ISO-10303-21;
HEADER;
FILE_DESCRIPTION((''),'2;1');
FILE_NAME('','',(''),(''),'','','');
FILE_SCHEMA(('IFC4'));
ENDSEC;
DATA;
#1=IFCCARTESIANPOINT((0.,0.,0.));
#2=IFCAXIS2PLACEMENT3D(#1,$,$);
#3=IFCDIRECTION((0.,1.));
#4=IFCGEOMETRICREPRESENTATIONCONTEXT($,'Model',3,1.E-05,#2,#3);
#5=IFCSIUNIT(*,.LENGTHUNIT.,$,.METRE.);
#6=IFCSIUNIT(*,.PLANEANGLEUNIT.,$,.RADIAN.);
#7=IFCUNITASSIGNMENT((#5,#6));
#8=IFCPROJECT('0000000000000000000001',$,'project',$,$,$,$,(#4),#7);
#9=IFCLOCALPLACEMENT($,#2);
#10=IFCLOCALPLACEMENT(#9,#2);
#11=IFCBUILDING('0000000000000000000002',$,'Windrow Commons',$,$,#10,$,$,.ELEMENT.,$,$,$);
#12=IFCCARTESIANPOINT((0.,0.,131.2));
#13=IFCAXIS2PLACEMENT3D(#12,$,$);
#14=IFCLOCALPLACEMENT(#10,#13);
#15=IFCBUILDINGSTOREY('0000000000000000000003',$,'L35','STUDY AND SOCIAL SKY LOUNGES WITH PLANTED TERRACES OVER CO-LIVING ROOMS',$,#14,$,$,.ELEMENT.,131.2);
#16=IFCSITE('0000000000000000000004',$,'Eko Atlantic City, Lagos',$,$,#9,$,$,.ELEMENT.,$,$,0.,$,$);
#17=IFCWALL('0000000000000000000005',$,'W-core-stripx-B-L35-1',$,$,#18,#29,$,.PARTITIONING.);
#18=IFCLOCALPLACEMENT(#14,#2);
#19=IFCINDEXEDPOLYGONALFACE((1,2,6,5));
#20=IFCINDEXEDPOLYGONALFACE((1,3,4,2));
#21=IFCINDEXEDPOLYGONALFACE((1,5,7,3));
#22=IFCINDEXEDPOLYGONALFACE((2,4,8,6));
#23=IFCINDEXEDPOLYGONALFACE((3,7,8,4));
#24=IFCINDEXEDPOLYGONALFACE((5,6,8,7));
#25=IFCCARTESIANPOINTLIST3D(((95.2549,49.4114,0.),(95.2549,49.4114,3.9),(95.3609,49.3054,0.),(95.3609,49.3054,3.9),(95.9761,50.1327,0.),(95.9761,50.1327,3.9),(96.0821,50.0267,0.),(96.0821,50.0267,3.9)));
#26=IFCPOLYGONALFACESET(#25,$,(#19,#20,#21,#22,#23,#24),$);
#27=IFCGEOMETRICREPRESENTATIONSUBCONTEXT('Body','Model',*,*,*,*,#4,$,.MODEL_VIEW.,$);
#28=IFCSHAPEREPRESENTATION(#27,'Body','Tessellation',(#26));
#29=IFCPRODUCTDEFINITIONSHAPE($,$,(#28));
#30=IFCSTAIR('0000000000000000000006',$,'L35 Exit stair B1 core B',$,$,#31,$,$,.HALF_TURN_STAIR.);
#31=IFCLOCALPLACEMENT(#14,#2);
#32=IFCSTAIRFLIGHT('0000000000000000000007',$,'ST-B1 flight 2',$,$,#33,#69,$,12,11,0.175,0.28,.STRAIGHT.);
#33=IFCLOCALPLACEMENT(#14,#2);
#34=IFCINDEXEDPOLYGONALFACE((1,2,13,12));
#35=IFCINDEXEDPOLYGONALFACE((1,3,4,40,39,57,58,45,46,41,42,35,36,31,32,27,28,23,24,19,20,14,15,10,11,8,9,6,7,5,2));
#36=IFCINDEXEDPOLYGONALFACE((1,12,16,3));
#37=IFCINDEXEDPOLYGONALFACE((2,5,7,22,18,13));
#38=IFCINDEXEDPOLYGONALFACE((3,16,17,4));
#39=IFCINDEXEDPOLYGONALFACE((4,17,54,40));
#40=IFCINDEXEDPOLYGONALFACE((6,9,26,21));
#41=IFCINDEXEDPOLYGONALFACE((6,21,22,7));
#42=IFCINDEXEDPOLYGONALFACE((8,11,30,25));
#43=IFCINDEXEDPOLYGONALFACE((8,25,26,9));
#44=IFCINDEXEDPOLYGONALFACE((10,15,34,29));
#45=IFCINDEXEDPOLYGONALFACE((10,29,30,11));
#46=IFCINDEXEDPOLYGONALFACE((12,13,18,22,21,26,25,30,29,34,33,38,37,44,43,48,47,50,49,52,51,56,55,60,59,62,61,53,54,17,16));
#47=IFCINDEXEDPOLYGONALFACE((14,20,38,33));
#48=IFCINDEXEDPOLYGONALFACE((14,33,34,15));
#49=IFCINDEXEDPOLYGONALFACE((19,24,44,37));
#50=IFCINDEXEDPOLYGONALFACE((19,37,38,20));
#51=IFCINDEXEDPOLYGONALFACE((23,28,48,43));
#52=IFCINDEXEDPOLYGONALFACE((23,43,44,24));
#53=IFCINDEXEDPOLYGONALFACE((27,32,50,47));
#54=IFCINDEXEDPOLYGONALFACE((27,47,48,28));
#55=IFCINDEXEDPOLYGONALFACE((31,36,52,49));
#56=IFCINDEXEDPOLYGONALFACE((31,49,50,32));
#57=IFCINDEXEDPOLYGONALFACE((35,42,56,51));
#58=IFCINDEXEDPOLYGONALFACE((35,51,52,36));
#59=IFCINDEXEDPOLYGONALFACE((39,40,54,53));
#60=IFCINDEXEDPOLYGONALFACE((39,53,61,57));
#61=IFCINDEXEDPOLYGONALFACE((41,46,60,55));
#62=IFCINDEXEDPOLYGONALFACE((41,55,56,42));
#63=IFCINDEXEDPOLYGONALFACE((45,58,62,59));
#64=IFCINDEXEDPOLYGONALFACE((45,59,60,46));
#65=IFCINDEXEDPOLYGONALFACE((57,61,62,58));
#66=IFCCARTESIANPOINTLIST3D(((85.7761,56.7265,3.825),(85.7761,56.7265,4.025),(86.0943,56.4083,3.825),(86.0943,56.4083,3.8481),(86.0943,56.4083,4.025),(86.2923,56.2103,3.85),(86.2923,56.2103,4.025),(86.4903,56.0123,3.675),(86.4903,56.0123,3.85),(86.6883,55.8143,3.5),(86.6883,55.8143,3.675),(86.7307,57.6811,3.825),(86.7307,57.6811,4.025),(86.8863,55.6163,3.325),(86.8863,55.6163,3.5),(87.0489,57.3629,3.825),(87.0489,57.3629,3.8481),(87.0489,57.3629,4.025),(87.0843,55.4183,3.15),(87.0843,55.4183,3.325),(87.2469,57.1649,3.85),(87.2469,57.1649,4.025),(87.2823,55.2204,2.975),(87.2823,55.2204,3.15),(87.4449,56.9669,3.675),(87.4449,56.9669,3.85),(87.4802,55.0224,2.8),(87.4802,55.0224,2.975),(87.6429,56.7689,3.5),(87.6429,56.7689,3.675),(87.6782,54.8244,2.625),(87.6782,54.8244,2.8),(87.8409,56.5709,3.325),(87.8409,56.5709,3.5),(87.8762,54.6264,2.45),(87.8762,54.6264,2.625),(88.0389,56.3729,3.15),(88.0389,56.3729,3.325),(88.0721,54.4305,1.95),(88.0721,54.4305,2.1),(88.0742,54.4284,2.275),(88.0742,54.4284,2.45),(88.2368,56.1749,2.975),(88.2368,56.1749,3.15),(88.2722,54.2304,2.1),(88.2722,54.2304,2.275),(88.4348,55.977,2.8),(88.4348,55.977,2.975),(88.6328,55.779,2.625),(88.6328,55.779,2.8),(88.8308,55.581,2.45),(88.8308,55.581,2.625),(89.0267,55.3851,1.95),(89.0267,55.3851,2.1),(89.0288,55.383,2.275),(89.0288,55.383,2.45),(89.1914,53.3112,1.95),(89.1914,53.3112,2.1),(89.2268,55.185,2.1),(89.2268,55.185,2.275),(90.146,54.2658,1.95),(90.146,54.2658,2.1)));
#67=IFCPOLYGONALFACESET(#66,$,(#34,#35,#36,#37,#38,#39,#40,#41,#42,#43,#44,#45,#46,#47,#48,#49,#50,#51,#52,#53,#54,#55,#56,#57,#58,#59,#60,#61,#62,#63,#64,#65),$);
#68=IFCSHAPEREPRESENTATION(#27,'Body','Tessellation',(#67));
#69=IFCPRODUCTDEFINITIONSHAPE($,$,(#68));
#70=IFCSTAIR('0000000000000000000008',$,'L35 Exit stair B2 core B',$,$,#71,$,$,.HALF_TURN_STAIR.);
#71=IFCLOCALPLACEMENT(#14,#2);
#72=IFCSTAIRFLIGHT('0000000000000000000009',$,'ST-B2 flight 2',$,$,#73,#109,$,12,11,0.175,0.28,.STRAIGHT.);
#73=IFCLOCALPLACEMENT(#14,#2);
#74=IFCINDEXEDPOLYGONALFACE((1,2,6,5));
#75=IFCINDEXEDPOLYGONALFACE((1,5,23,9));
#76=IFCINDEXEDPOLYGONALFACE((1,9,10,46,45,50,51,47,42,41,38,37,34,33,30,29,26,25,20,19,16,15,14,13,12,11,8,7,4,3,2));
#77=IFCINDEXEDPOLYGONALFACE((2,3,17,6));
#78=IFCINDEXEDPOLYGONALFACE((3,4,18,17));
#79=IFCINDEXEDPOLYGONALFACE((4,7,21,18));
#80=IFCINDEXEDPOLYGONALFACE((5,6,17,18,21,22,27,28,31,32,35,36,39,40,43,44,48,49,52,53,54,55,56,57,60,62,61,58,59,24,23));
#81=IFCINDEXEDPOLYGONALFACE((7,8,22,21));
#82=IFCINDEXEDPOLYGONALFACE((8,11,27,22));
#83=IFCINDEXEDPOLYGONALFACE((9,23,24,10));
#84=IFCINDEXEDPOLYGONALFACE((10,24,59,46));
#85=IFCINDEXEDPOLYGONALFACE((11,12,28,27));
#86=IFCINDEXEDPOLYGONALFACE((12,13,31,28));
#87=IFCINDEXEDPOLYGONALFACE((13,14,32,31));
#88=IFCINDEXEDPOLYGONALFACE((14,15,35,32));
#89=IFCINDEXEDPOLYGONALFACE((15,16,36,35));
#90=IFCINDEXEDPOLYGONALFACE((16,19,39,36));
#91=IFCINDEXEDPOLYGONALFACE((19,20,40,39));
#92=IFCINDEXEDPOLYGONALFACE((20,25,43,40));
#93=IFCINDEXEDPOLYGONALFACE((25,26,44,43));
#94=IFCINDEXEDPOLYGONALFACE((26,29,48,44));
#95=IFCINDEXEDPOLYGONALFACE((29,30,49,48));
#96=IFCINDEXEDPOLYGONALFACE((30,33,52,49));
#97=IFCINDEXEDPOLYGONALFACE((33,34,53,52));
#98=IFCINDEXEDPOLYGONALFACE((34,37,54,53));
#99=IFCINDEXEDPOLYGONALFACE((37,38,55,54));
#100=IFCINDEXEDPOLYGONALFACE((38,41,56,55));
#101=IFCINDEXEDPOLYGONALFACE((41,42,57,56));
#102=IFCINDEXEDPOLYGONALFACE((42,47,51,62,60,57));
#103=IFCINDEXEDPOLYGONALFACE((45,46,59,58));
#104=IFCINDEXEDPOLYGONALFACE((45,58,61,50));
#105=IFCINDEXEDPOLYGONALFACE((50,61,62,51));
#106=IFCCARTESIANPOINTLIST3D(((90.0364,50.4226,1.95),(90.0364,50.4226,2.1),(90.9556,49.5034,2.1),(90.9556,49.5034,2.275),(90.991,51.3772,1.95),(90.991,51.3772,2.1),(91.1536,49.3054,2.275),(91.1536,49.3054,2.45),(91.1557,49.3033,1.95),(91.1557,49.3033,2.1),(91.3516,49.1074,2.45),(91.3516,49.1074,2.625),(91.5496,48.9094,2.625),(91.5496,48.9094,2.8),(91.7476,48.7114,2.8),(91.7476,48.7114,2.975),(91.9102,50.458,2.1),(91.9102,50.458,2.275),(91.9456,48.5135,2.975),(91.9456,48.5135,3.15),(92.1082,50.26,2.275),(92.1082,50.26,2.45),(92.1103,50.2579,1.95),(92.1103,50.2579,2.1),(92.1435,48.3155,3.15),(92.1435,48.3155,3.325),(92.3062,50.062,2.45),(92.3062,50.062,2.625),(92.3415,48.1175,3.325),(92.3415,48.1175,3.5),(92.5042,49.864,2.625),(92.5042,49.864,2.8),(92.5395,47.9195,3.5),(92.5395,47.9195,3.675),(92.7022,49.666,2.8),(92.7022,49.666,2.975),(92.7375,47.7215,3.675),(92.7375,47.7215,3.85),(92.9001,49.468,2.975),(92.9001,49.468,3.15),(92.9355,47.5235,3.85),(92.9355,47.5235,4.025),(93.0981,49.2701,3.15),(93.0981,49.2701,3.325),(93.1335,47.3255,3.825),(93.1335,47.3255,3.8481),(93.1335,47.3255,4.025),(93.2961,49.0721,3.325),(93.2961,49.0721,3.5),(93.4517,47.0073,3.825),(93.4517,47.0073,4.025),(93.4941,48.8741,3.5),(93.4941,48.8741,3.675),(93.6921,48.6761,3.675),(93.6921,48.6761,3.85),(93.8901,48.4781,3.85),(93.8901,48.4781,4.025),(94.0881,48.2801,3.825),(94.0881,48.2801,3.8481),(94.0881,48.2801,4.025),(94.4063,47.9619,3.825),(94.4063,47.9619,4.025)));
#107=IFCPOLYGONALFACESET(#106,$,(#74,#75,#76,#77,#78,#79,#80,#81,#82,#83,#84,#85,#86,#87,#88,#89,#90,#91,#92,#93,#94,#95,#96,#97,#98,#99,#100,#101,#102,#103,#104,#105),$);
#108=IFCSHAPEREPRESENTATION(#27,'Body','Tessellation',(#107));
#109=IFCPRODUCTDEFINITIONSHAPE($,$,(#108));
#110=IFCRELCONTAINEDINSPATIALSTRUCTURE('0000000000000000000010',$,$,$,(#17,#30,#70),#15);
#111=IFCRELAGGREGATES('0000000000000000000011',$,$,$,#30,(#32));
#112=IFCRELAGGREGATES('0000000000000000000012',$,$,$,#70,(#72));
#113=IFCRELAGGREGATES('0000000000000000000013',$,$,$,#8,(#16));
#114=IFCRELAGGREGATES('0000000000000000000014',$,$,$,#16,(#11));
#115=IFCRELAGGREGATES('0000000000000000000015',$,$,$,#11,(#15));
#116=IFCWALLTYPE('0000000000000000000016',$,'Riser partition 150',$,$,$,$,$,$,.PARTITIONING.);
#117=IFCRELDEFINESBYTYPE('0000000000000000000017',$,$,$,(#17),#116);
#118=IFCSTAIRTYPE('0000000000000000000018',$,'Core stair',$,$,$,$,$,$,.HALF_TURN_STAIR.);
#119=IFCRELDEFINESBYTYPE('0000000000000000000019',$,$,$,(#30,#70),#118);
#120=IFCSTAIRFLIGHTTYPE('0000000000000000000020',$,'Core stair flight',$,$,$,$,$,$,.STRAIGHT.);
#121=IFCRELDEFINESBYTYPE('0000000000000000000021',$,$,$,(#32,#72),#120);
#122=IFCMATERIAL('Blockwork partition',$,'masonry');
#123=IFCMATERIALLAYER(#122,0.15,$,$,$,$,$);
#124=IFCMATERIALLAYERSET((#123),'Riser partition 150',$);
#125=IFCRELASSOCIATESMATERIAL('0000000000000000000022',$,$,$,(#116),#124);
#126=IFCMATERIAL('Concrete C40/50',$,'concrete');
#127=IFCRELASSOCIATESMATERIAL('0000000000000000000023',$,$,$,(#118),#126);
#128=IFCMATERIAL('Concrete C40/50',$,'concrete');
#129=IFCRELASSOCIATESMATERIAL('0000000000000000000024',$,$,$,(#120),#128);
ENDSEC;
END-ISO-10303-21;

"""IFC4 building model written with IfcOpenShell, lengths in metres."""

from ifc_helpers import new_model, si_unit, direction, frame, frame_2d, origin, place, context, subcontext, project, spatial, polyline, rectangle, outline, extrude, material, layer, layer_set, type_object, element, aggregate, save


model = new_model("IFC4")

# Units and contexts
model_context = context("Model", 3, precision=1e-05, world=origin(), true_north=direction((0.0, 1.0)))
body_context = subcontext(model_context, "Body", "Model", "MODEL_VIEW")
ifc_project = project(units=[si_unit("LENGTHUNIT", "METRE"), si_unit("PLANEANGLEUNIT", "RADIAN")], contexts=[model_context])

# Site, building, storey
site_placement = place(None, origin())
site = spatial("IfcSite", under=ifc_project, at=site_placement, Name="Eko Atlantic City, Lagos", CompositionType="ELEMENT", RefElevation=0.0)
building_placement = place(site_placement, origin())
building = spatial("IfcBuilding", under=site, at=building_placement, Name="Windrow Commons", CompositionType="ELEMENT")
storey_placement = place(building_placement, frame((0.0, 0.0, 131.2)))
storey = spatial("IfcBuildingStorey", under=building, at=storey_placement, Name="L35", Description="STUDY AND SOCIAL SKY LOUNGES WITH PLANTED TERRACES OVER CO-LIVING ROOMS", CompositionType="ELEMENT", Elevation=131.2)

# Shared definitions
placement = place(storey_placement, origin())

# Wall
ifc_material_1 = material(Name="Blockwork partition", Category="masonry")
ifc_layer_1 = layer(ifc_material_1, 0.15)
ifc_layer_set_1 = layer_set([ifc_layer_1], Name="Riser partition 150")
wall_type_1 = type_object("IfcWallType", Name="Riser partition 150", PredefinedType="PARTITIONING", material=ifc_layer_set_1)
wall_1_placement = place(storey_placement, frame((95.3079, 49.3584, 0.0), z_axis=(0.0, 0.0, 1.0), x_axis=(0.707058, 0.707156, 0.0)))
element("IfcWall", 1, at=wall_1_placement, inside=storey, type_object=wall_type_1, Name="W-core-stripx-B-L35-1", PredefinedType="PARTITIONING", context=body_context, shape_type="SweptSolid", body=[
    extrude(rectangle(XDim=1.02, YDim=0.15, at=frame_2d((0.51, 0.0))), origin(), (0.0, 0.0, 1.0), 3.9),
])

# Stairs, stair flights
ifc_material_2 = material(Name="Concrete C40/50", Category="concrete")
stair_type = type_object("IfcStairType", Name="Core stair", PredefinedType="HALF_TURN_STAIR", material=ifc_material_2)
stair_1 = element("IfcStair", 2, at=placement, inside=storey, type_object=stair_type, Name="L35 Exit stair B1 core B", PredefinedType="HALF_TURN_STAIR")
ifc_material_3 = material(Name="Concrete C40/50", Category="concrete")
stair_flight_type = type_object("IfcStairFlightType", Name="Core stair flight", PredefinedType="STRAIGHT", material=ifc_material_3)
stair_flight_1_placement = place(storey_placement, frame((88.7495, 54.7077, 2.1), z_axis=(0.0, 0.0, 1.0), x_axis=(-0.707107, 0.707107, 0.0)))
stair_flight_1 = element("IfcStairFlight", 3, at=stair_flight_1_placement, type_object=stair_flight_type, Name="ST-B1 flight 2", NumberOfRisers=12, NumberOfTreads=11, PredefinedType="STRAIGHT", RiserHeight=0.175, TreadLength=0.28, context=body_context, shape_type="SweptSolid", body=[
    extrude(outline(polyline([(-1.3, -0.15), (-1.3, 0.0), (0.0, 0.0), (0.0, 0.175), (0.28, 0.175), (0.28, 0.35), (0.56, 0.35), (0.56, 0.525), (0.84, 0.525), (0.84, 0.7), (1.12, 0.7), (1.12, 0.875), (1.4, 0.875), (1.4, 1.05), (1.68, 1.05), (1.68, 1.225), (1.96, 1.225), (1.96, 1.4), (2.24, 1.4), (2.24, 1.575), (2.52, 1.575), (2.52, 1.75), (2.8, 1.75), (2.8, 1.925), (3.08, 1.925), (3.53, 1.925), (3.53, 1.725), (3.08, 1.725), (3.08, 1.7481), (0.283, 0.0), (0.283, -0.15), (-1.3, -0.15)])), frame((0.0, 0.675, 0.0), z_axis=(0.0, -1.0, 0.0), x_axis=(1.0, 0.0, 0.0)), (0.0, 0.0, 1.0), 1.35),
])
aggregate(stair_1, [stair_flight_1])
stair_2 = element("IfcStair", 4, at=placement, inside=storey, type_object=stair_type, Name="L35 Exit stair B2 core B", PredefinedType="HALF_TURN_STAIR")
stair_flight_2_placement = place(storey_placement, frame((91.4329, 49.9807, 2.1), z_axis=(0.0, 0.0, 1.0), x_axis=(0.707107, -0.707107, 0.0)))
stair_flight_2 = element("IfcStairFlight", 5, at=stair_flight_2_placement, type_object=stair_flight_type, Name="ST-B2 flight 2", NumberOfRisers=12, NumberOfTreads=11, PredefinedType="STRAIGHT", RiserHeight=0.175, TreadLength=0.28, context=body_context, shape_type="SweptSolid", body=[
    extrude(outline(polyline([(-1.3, -0.15), (-1.3, 0.0), (0.0, 0.0), (0.0, 0.175), (0.28, 0.175), (0.28, 0.35), (0.56, 0.35), (0.56, 0.525), (0.84, 0.525), (0.84, 0.7), (1.12, 0.7), (1.12, 0.875), (1.4, 0.875), (1.4, 1.05), (1.68, 1.05), (1.68, 1.225), (1.96, 1.225), (1.96, 1.4), (2.24, 1.4), (2.24, 1.575), (2.52, 1.575), (2.52, 1.75), (2.8, 1.75), (2.8, 1.925), (3.08, 1.925), (3.53, 1.925), (3.53, 1.725), (3.08, 1.725), (3.08, 1.7481), (0.283, 0.0), (0.283, -0.15), (-1.3, -0.15)])), frame((0.0, 0.675, 0.0), z_axis=(0.0, -1.0, 0.0), x_axis=(1.0, 0.0, 0.0)), (0.0, 0.0, 1.0), 1.35),
])
aggregate(stair_2, [stair_flight_2])

save(model, "model.ifc")
